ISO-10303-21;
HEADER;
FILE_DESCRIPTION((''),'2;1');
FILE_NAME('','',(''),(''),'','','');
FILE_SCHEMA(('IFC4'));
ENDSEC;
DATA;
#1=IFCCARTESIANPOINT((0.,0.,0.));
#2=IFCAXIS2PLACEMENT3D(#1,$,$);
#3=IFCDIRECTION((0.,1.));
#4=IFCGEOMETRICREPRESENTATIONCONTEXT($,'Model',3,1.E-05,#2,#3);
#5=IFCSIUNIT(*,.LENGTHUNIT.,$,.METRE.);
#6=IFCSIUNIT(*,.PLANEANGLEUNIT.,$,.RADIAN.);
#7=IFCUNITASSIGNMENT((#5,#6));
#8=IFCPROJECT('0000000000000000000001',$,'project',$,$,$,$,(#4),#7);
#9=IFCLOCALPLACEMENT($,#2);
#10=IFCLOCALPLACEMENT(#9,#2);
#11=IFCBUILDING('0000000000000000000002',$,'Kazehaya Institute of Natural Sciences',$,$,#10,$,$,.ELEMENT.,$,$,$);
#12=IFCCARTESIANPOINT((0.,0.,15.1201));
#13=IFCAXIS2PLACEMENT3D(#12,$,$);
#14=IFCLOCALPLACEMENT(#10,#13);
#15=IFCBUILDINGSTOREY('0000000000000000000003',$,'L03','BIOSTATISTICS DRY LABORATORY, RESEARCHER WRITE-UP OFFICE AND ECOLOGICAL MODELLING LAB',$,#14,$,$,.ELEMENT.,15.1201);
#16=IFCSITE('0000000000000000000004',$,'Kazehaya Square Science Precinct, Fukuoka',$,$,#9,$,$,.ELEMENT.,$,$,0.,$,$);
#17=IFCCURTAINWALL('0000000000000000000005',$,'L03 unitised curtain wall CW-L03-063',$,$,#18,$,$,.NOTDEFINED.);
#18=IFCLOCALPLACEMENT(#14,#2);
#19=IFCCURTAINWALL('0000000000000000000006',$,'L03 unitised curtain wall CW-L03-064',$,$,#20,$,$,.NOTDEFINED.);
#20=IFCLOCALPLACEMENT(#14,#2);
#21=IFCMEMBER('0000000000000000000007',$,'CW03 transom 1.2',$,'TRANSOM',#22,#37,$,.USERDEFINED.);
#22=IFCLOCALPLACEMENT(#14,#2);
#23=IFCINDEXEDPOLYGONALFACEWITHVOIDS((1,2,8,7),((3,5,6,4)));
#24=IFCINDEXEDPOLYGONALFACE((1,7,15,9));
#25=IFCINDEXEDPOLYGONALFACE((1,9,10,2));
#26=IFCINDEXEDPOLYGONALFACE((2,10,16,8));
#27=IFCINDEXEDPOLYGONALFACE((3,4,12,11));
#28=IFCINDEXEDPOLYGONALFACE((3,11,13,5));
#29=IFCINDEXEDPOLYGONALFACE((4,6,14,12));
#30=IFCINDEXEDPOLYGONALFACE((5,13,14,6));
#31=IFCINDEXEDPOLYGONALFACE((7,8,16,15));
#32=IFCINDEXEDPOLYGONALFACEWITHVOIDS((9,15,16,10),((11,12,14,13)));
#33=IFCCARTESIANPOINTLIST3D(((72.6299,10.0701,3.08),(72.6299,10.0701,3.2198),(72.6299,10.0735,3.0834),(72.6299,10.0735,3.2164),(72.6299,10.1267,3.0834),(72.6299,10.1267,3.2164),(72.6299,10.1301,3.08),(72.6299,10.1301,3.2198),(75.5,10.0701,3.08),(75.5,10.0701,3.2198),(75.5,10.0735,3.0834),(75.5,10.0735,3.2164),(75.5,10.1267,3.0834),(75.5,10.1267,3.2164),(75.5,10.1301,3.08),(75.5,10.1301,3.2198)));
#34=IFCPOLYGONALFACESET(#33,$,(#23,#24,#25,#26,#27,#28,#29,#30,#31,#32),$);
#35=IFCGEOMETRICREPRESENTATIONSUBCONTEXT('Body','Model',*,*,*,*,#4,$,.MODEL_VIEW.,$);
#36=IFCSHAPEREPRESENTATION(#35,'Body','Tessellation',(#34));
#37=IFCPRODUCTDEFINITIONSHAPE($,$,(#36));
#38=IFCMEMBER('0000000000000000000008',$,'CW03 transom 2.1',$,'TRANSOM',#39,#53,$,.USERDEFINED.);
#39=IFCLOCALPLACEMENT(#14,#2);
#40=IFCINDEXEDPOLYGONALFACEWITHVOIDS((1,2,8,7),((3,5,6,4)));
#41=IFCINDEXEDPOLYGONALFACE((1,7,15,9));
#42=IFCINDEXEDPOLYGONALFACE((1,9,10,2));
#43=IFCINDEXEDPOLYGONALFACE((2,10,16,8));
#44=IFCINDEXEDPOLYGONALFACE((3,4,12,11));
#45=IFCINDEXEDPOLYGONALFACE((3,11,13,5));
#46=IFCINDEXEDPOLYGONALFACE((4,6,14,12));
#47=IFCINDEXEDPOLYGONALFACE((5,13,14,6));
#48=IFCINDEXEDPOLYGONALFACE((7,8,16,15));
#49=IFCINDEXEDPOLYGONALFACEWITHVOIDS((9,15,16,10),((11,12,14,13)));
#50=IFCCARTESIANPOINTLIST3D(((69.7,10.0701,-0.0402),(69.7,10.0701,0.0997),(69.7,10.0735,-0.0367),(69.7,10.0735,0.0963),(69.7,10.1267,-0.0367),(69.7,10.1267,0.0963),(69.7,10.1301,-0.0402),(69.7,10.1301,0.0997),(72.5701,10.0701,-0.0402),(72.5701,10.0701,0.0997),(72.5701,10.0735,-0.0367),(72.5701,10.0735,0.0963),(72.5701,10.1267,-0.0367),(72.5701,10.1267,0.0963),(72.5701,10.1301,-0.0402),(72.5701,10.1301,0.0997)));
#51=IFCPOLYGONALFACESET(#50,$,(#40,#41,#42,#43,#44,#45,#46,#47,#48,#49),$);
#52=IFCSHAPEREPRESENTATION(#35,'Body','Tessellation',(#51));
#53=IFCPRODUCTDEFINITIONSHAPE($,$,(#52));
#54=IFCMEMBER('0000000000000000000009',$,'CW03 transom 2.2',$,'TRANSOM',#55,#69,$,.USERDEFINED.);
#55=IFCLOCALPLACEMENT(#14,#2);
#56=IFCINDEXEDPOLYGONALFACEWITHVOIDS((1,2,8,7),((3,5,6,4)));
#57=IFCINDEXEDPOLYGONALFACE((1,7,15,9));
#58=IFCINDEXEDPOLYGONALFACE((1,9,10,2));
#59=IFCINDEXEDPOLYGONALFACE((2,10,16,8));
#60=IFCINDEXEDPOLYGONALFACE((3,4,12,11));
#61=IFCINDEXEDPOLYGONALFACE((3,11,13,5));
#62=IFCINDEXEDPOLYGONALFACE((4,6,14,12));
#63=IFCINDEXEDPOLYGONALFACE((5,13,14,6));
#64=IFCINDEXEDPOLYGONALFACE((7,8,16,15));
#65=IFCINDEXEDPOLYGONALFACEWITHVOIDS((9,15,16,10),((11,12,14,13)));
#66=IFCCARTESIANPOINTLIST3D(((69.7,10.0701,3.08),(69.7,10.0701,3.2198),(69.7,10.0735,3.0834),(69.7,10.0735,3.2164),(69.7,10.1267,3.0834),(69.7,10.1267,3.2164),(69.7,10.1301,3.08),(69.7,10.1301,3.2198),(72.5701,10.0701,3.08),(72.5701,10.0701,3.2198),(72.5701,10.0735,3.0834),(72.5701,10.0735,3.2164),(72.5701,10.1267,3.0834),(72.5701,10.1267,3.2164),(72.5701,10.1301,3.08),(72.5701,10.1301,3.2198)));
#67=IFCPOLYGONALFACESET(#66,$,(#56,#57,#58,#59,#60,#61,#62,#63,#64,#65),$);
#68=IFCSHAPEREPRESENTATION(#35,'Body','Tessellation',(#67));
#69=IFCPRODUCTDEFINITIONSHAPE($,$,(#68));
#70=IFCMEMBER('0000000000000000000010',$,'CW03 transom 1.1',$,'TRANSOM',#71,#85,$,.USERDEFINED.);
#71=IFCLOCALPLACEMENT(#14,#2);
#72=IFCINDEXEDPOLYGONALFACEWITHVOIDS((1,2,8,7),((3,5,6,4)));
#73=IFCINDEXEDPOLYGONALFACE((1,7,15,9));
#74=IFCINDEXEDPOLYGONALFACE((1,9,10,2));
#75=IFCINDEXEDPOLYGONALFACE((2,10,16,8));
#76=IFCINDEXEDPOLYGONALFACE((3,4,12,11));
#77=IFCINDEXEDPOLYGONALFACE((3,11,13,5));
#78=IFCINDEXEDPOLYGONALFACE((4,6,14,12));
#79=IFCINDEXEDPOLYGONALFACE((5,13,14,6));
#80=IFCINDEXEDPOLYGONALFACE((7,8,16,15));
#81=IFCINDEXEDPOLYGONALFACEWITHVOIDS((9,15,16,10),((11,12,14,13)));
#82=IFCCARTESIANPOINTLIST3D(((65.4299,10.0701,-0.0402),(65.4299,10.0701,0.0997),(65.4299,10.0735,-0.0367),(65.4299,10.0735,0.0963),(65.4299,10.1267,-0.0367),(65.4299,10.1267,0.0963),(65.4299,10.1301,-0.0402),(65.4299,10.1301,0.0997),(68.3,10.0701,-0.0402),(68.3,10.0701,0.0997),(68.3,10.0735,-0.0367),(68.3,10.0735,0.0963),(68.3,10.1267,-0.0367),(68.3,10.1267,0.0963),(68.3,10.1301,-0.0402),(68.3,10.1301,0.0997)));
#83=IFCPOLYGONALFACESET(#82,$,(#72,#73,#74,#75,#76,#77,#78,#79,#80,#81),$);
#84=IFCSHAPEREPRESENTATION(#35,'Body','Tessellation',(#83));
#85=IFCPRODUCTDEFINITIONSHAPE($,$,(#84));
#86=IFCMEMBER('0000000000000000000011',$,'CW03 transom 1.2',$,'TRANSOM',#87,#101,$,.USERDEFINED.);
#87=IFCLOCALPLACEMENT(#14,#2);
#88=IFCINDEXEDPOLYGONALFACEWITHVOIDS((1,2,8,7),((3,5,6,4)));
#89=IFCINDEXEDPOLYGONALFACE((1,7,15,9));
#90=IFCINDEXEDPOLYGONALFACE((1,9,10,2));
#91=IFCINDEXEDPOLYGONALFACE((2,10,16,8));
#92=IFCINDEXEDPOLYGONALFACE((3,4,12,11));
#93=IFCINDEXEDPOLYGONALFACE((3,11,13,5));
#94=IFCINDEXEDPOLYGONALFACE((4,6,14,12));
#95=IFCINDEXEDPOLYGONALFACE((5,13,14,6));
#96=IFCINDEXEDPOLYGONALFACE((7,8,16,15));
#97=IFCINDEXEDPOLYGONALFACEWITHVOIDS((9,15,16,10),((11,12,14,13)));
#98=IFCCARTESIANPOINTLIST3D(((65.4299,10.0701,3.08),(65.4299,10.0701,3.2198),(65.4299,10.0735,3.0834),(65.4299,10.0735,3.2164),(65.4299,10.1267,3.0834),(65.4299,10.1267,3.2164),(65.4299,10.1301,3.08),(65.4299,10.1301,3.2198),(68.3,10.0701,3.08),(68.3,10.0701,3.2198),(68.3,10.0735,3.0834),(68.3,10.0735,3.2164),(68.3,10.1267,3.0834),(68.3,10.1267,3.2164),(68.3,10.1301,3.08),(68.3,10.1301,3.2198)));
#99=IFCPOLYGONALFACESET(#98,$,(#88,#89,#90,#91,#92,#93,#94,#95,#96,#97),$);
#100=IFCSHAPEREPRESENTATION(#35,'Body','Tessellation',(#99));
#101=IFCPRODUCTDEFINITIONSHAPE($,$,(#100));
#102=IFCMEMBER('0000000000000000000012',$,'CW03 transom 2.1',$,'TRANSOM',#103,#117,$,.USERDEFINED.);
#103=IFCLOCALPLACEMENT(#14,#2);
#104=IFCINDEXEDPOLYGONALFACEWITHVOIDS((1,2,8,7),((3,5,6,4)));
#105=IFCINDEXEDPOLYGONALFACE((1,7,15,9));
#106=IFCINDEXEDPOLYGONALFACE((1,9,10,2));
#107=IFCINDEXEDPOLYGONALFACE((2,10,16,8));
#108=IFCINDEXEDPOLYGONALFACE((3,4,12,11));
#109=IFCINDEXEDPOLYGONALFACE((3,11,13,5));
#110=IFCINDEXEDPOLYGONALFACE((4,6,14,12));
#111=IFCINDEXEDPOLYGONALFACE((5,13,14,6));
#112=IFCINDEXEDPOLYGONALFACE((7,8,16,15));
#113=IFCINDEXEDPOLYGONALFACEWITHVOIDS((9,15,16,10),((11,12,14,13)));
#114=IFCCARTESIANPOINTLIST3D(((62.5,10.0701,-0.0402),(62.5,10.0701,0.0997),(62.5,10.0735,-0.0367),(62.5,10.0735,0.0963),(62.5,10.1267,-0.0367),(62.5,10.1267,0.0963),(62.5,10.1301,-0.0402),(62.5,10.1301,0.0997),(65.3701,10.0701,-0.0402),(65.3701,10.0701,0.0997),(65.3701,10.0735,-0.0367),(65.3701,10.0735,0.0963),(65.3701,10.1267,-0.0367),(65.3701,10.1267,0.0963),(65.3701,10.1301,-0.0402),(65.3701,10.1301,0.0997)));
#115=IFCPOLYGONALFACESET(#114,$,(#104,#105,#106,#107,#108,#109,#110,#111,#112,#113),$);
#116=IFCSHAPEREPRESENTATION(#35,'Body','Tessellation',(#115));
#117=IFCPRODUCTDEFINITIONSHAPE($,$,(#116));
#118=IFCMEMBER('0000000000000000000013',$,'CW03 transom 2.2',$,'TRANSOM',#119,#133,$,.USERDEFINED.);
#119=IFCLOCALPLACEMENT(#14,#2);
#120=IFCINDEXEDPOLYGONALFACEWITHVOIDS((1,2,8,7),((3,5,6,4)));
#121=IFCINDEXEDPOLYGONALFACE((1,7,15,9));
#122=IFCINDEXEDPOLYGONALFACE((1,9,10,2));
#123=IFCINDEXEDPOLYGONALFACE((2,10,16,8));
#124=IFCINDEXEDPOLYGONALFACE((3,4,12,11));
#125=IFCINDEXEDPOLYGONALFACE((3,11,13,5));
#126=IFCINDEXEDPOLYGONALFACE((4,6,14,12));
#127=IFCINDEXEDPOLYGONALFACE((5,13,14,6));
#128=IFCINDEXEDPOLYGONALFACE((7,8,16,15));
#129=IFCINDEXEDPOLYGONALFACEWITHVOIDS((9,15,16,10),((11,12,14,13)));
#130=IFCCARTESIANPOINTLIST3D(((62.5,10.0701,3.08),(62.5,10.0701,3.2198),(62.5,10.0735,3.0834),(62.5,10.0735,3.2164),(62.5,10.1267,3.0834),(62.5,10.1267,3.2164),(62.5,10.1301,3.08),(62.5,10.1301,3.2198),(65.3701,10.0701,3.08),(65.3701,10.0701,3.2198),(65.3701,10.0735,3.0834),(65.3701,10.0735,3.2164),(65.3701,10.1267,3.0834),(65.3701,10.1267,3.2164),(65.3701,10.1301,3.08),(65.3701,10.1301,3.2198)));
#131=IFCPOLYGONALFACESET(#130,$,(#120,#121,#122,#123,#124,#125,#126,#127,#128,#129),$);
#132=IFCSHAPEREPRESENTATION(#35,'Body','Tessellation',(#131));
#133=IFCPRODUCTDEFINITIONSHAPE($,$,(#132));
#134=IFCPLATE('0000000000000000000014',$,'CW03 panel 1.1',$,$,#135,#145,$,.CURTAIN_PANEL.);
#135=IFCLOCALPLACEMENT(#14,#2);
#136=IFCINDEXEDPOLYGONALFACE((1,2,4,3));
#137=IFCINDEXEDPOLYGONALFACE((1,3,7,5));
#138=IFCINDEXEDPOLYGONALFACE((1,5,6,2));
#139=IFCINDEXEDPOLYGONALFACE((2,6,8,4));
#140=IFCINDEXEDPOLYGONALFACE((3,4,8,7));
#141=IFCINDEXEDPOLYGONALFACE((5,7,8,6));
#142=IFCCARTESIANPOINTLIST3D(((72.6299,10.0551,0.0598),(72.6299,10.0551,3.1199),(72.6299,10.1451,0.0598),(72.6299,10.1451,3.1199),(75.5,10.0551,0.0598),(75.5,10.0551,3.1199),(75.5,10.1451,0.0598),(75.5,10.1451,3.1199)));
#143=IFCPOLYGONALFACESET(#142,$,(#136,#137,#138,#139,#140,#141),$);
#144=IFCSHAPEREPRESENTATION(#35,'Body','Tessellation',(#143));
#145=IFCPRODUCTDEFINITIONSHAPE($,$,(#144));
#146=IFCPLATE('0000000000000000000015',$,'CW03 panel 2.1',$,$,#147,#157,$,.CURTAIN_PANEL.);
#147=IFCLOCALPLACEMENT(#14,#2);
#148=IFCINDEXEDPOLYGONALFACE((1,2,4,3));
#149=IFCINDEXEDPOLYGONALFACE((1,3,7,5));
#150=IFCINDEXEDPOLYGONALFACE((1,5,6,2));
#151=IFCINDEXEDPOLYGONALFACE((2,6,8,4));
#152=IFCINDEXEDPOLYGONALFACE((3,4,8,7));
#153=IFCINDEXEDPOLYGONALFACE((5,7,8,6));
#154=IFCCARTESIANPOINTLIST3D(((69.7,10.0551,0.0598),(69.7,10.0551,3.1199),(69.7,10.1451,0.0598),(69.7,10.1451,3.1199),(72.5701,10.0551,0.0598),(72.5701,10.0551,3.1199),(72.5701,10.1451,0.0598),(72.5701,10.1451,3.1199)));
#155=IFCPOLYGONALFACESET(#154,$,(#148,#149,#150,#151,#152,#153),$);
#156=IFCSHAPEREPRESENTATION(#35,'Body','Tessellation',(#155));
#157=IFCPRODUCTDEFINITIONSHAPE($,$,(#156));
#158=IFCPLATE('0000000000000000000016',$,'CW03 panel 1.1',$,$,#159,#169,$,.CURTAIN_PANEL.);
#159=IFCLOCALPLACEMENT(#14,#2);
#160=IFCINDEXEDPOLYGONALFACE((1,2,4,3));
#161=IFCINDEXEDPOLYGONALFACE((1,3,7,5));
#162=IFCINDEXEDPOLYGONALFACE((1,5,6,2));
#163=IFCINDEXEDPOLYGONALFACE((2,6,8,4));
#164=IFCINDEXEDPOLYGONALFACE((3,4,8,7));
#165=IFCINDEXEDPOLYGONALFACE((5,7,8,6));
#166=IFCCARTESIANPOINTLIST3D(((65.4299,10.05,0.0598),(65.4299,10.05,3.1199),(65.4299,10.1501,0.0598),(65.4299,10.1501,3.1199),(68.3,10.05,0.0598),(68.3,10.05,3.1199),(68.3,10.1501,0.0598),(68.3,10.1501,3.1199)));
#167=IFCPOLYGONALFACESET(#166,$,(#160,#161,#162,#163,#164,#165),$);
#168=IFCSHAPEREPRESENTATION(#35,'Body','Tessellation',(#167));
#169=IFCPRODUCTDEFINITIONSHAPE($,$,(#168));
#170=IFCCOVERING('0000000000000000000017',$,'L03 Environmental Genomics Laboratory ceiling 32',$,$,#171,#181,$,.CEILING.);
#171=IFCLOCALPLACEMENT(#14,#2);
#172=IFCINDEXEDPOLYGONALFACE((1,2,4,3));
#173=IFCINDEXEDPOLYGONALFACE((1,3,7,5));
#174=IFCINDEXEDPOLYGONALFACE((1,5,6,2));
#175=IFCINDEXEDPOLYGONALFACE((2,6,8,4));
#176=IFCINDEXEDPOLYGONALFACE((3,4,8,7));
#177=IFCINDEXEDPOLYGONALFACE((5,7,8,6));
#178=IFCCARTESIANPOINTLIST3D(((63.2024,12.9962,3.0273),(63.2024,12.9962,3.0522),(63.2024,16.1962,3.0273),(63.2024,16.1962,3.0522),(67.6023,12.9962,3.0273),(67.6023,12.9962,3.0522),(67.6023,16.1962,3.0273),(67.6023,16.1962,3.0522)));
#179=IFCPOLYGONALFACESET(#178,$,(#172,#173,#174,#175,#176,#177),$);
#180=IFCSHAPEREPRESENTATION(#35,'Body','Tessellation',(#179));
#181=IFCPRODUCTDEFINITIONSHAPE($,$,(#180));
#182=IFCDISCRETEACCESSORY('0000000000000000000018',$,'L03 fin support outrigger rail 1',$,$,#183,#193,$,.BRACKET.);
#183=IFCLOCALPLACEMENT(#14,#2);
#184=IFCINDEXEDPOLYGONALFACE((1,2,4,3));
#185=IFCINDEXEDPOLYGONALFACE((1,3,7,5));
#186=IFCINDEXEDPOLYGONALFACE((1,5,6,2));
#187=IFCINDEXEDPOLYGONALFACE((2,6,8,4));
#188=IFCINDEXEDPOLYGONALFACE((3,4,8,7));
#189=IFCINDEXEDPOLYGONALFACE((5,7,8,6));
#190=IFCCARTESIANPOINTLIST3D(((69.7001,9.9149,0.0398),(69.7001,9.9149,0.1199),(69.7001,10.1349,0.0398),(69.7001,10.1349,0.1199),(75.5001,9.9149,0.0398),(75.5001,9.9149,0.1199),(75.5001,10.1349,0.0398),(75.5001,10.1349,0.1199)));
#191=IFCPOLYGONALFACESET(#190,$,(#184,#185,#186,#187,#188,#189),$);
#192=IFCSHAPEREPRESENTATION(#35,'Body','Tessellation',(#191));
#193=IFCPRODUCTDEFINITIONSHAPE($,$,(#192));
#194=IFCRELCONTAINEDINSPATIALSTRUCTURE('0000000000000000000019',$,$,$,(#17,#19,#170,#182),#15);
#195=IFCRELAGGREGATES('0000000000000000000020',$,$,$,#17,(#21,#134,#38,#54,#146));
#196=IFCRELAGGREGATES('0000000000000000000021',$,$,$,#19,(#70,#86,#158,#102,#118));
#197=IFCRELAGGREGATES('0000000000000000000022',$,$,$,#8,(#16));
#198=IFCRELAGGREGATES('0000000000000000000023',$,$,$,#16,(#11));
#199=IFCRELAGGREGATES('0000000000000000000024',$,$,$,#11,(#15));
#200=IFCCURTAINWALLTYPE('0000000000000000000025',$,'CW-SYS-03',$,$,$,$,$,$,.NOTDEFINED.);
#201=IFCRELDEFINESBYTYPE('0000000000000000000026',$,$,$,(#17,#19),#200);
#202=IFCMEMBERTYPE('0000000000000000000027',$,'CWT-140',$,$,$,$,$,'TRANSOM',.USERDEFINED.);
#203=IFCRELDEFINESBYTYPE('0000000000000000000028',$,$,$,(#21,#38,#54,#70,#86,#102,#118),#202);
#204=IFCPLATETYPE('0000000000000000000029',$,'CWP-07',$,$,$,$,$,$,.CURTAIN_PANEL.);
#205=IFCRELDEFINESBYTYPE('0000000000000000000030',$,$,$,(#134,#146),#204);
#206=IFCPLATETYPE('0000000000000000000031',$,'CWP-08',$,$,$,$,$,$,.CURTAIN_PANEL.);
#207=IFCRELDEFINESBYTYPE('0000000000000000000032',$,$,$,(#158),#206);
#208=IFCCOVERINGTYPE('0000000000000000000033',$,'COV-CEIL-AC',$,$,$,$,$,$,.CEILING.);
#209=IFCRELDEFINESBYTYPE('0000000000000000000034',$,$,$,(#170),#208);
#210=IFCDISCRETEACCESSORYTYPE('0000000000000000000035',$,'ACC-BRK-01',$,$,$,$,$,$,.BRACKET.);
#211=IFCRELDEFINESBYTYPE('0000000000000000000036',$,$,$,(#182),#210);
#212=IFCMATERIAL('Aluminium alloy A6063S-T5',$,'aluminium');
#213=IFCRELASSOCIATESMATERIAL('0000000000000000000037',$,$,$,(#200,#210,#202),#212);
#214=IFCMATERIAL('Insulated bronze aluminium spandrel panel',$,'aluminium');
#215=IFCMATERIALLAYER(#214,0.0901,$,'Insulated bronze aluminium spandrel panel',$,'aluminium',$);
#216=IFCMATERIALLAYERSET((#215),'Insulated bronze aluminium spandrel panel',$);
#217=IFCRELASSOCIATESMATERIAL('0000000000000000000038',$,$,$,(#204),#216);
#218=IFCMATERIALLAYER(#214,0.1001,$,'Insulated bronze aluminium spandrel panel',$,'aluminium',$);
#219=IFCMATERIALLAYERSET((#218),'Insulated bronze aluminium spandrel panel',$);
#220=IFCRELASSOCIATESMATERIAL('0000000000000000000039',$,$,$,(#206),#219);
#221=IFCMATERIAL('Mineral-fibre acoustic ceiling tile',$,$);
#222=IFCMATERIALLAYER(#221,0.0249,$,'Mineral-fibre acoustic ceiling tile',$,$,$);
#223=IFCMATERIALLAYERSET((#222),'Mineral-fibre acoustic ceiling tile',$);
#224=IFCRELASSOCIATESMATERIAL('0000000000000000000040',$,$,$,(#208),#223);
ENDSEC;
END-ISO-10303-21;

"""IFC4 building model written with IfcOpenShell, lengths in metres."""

from ifc_helpers import new_model, si_unit, direction, frame, origin, origin_2d, place, context, subcontext, project, spatial, rectangle, hollow_rectangle, extrude, material, layer, layer_set, material_profile, profile_set, type_object, element, aggregate, save


model = new_model("IFC4")

# Units and contexts
model_context = context("Model", 3, precision=1e-05, world=origin(), true_north=direction((0.0, 1.0)))
body_context = subcontext(model_context, "Body", "Model", "MODEL_VIEW")
ifc_project = project(units=[si_unit("LENGTHUNIT", "METRE"), si_unit("PLANEANGLEUNIT", "RADIAN")], contexts=[model_context])

# Site, building, storey
site_placement = place(None, origin())
site = spatial("IfcSite", under=ifc_project, at=site_placement, Name="Kazehaya Square Science Precinct, Fukuoka", CompositionType="ELEMENT", RefElevation=0.0)
building_placement = place(site_placement, origin())
building = spatial("IfcBuilding", under=site, at=building_placement, Name="Kazehaya Institute of Natural Sciences", CompositionType="ELEMENT")
storey_placement = place(building_placement, frame((0.0, 0.0, 15.1201)))
storey = spatial("IfcBuildingStorey", under=building, at=storey_placement, Name="L03", Description="BIOSTATISTICS DRY LABORATORY, RESEARCHER WRITE-UP OFFICE AND ECOLOGICAL MODELLING LAB", CompositionType="ELEMENT", Elevation=15.1201)

# Curtain walls
ifc_material_1 = material(Name="Aluminium alloy A6063S-T5", Category="aluminium")
curtain_wall_type = type_object("IfcCurtainWallType", Name="CW-SYS-03", PredefinedType="NOTDEFINED", material=ifc_material_1)
curtain_wall_1_placement = place(storey_placement, origin())
curtain_wall_1 = element("IfcCurtainWall", 1, at=curtain_wall_1_placement, inside=storey, type_object=curtain_wall_type, Name="L03 unitised curtain wall CW-L03-063", PredefinedType="NOTDEFINED")
curtain_wall_2_placement = place(storey_placement, origin())
curtain_wall_2 = element("IfcCurtainWall", 2, at=curtain_wall_2_placement, inside=storey, type_object=curtain_wall_type, Name="L03 unitised curtain wall CW-L03-064", PredefinedType="NOTDEFINED")

# Members
ifc_material_profile_1 = material_profile(ifc_material_1, hollow_rectangle(XDim=0.0601, YDim=0.1399, WallThickness=0.0034, at=origin_2d()), Name="ALU-60x140x3.5")
ifc_profile_set_1 = profile_set([ifc_material_profile_1], Name="Aluminium alloy A6063S-T5")
member_type_1 = type_object("IfcMemberType", Name="CWT-140", ElementType="TRANSOM", PredefinedType="USERDEFINED", material=ifc_profile_set_1)
member_1_placement = place(storey_placement, frame((75.5, 10.1001, 3.1499), z_axis=(-1.0, 0.0, 0.0), x_axis=(0.0, -1.0, 0.0)))
member_1 = element("IfcMember", 3, at=member_1_placement, type_object=member_type_1, Name="CW03 transom 1.2", ObjectType="TRANSOM", PredefinedType="USERDEFINED", context=body_context, shape_type="SweptSolid", body=[
    extrude(hollow_rectangle(XDim=0.0601, YDim=0.1399, WallThickness=0.0034, at=origin_2d()), origin(), (0.0, 0.0, 1.0), 2.8701),
])
member_2_placement = place(storey_placement, frame((72.5701, 10.1001, 0.0298), z_axis=(-1.0, 0.0, 0.0), x_axis=(0.0, -1.0, 0.0)))
member_2 = element("IfcMember", 4, at=member_2_placement, type_object=member_type_1, Name="CW03 transom 2.1", ObjectType="TRANSOM", PredefinedType="USERDEFINED", context=body_context, shape_type="SweptSolid", body=[
    extrude(hollow_rectangle(XDim=0.0601, YDim=0.1399, WallThickness=0.0034, at=origin_2d()), origin(), (0.0, 0.0, 1.0), 2.8701),
])
member_3_placement = place(storey_placement, frame((72.5701, 10.1001, 3.1499), z_axis=(-1.0, 0.0, 0.0), x_axis=(0.0, -1.0, 0.0)))
member_3 = element("IfcMember", 5, at=member_3_placement, type_object=member_type_1, Name="CW03 transom 2.2", ObjectType="TRANSOM", PredefinedType="USERDEFINED", context=body_context, shape_type="SweptSolid", body=[
    extrude(hollow_rectangle(XDim=0.0601, YDim=0.1399, WallThickness=0.0034, at=origin_2d()), origin(), (0.0, 0.0, 1.0), 2.8701),
])
member_4_placement = place(storey_placement, frame((68.3, 10.1001, 0.0298), z_axis=(-1.0, 0.0, 0.0), x_axis=(0.0, -1.0, 0.0)))
member_4 = element("IfcMember", 6, at=member_4_placement, type_object=member_type_1, Name="CW03 transom 1.1", ObjectType="TRANSOM", PredefinedType="USERDEFINED", context=body_context, shape_type="SweptSolid", body=[
    extrude(hollow_rectangle(XDim=0.0601, YDim=0.1399, WallThickness=0.0034, at=origin_2d()), origin(), (0.0, 0.0, 1.0), 2.8701),
])
member_5_placement = place(storey_placement, frame((68.3, 10.1001, 3.1499), z_axis=(-1.0, 0.0, 0.0), x_axis=(0.0, -1.0, 0.0)))
member_5 = element("IfcMember", 7, at=member_5_placement, type_object=member_type_1, Name="CW03 transom 1.2", ObjectType="TRANSOM", PredefinedType="USERDEFINED", context=body_context, shape_type="SweptSolid", body=[
    extrude(hollow_rectangle(XDim=0.0601, YDim=0.1399, WallThickness=0.0034, at=origin_2d()), origin(), (0.0, 0.0, 1.0), 2.8701),
])
member_6_placement = place(storey_placement, frame((65.3701, 10.1001, 0.0298), z_axis=(-1.0, 0.0, 0.0), x_axis=(0.0, -1.0, 0.0)))
member_6 = element("IfcMember", 8, at=member_6_placement, type_object=member_type_1, Name="CW03 transom 2.1", ObjectType="TRANSOM", PredefinedType="USERDEFINED", context=body_context, shape_type="SweptSolid", body=[
    extrude(hollow_rectangle(XDim=0.0601, YDim=0.1399, WallThickness=0.0034, at=origin_2d()), origin(), (0.0, 0.0, 1.0), 2.8701),
])
member_7_placement = place(storey_placement, frame((65.3701, 10.1001, 3.1499), z_axis=(-1.0, 0.0, 0.0), x_axis=(0.0, -1.0, 0.0)))
member_7 = element("IfcMember", 9, at=member_7_placement, type_object=member_type_1, Name="CW03 transom 2.2", ObjectType="TRANSOM", PredefinedType="USERDEFINED", context=body_context, shape_type="SweptSolid", body=[
    extrude(hollow_rectangle(XDim=0.0601, YDim=0.1399, WallThickness=0.0034, at=origin_2d()), origin(), (0.0, 0.0, 1.0), 2.8701),
])

# Plates
ifc_material_2 = material(Name="Insulated bronze aluminium spandrel panel", Category="aluminium")
ifc_layer_1 = layer(ifc_material_2, 0.0901, Name="Insulated bronze aluminium spandrel panel", Category="aluminium")
ifc_layer_set_1 = layer_set([ifc_layer_1], Name="Insulated bronze aluminium spandrel panel")
plate_type_1 = type_object("IfcPlateType", Name="CWP-07", PredefinedType="CURTAIN_PANEL", material=ifc_layer_set_1)
plate_1_placement = place(storey_placement, frame((74.0649, 10.1001, 0.0598), z_axis=(0.0, 0.0, 1.0), x_axis=(-1.0, 0.0, 0.0)))
plate_1 = element("IfcPlate", 10, at=plate_1_placement, type_object=plate_type_1, Name="CW03 panel 1.1", PredefinedType="CURTAIN_PANEL", context=body_context, shape_type="SweptSolid", body=[
    extrude(rectangle(XDim=2.8701, YDim=0.0901, at=origin_2d()), origin(), (0.0, 0.0, 1.0), 3.0601),
])
plate_2_placement = place(storey_placement, frame((71.135, 10.1001, 0.0598), z_axis=(0.0, 0.0, 1.0), x_axis=(-1.0, 0.0, 0.0)))
plate_2 = element("IfcPlate", 11, at=plate_2_placement, type_object=plate_type_1, Name="CW03 panel 2.1", PredefinedType="CURTAIN_PANEL", context=body_context, shape_type="SweptSolid", body=[
    extrude(rectangle(XDim=2.8701, YDim=0.0901, at=origin_2d()), origin(), (0.0, 0.0, 1.0), 3.0601),
])
aggregate(curtain_wall_1, [member_1, plate_1, member_2, member_3, plate_2])
ifc_layer_2 = layer(ifc_material_2, 0.1001, Name="Insulated bronze aluminium spandrel panel", Category="aluminium")
ifc_layer_set_2 = layer_set([ifc_layer_2], Name="Insulated bronze aluminium spandrel panel")
plate_type_2 = type_object("IfcPlateType", Name="CWP-08", PredefinedType="CURTAIN_PANEL", material=ifc_layer_set_2)
plate_3_placement = place(storey_placement, frame((66.865, 10.1001, 0.0598), z_axis=(0.0, 0.0, 1.0), x_axis=(-1.0, 0.0, 0.0)))
plate_3 = element("IfcPlate", 12, at=plate_3_placement, type_object=plate_type_2, Name="CW03 panel 1.1", PredefinedType="CURTAIN_PANEL", context=body_context, shape_type="SweptSolid", body=[
    extrude(rectangle(XDim=2.8701, YDim=0.1001, at=origin_2d()), origin(), (0.0, 0.0, 1.0), 3.0601),
])
aggregate(curtain_wall_2, [member_4, member_5, plate_3, member_6, member_7])

# Covering
ifc_material_3 = material(Name="Mineral-fibre acoustic ceiling tile")
ifc_layer_3 = layer(ifc_material_3, 0.0249, Name="Mineral-fibre acoustic ceiling tile")
ifc_layer_set_3 = layer_set([ifc_layer_3], Name="Mineral-fibre acoustic ceiling tile")
covering_type = type_object("IfcCoveringType", Name="COV-CEIL-AC", PredefinedType="CEILING", material=ifc_layer_set_3)
covering_placement = place(storey_placement, frame((65.4023, 14.5962, 3.0273), z_axis=(0.0, 0.0, 1.0), x_axis=(1.0, 0.0, 0.0)))
element("IfcCovering", 13, at=covering_placement, inside=storey, type_object=covering_type, Name="L03 Environmental Genomics Laboratory ceiling 32", PredefinedType="CEILING", context=body_context, shape_type="SweptSolid", body=[
    extrude(rectangle(XDim=4.3999, YDim=3.2, at=origin_2d()), origin(), (0.0, 0.0, 1.0), 0.0249),
])

# Discrete accessory
discrete_accessory_type = type_object("IfcDiscreteAccessoryType", Name="ACC-BRK-01", PredefinedType="BRACKET", material=ifc_material_1)
for number, where, z_axis, x_axis, name in (
    (14, (72.6001, 10.0249, 0.0398), (0.0, 0.0, 1.0), (-1.0, 0.0, 0.0), "L03 fin support outrigger rail 1"),
):
    element("IfcDiscreteAccessory", number, at=place(storey_placement, frame(where, z_axis=z_axis, x_axis=x_axis)), inside=storey, type_object=discrete_accessory_type, Name=name, PredefinedType="BRACKET", context=body_context, shape_type="SweptSolid", body=[
        extrude(rectangle(XDim=5.8, YDim=0.22, at=origin_2d()), origin(), (0.0, 0.0, 1.0), 0.0801),
    ])

save(model, "model.ifc")
